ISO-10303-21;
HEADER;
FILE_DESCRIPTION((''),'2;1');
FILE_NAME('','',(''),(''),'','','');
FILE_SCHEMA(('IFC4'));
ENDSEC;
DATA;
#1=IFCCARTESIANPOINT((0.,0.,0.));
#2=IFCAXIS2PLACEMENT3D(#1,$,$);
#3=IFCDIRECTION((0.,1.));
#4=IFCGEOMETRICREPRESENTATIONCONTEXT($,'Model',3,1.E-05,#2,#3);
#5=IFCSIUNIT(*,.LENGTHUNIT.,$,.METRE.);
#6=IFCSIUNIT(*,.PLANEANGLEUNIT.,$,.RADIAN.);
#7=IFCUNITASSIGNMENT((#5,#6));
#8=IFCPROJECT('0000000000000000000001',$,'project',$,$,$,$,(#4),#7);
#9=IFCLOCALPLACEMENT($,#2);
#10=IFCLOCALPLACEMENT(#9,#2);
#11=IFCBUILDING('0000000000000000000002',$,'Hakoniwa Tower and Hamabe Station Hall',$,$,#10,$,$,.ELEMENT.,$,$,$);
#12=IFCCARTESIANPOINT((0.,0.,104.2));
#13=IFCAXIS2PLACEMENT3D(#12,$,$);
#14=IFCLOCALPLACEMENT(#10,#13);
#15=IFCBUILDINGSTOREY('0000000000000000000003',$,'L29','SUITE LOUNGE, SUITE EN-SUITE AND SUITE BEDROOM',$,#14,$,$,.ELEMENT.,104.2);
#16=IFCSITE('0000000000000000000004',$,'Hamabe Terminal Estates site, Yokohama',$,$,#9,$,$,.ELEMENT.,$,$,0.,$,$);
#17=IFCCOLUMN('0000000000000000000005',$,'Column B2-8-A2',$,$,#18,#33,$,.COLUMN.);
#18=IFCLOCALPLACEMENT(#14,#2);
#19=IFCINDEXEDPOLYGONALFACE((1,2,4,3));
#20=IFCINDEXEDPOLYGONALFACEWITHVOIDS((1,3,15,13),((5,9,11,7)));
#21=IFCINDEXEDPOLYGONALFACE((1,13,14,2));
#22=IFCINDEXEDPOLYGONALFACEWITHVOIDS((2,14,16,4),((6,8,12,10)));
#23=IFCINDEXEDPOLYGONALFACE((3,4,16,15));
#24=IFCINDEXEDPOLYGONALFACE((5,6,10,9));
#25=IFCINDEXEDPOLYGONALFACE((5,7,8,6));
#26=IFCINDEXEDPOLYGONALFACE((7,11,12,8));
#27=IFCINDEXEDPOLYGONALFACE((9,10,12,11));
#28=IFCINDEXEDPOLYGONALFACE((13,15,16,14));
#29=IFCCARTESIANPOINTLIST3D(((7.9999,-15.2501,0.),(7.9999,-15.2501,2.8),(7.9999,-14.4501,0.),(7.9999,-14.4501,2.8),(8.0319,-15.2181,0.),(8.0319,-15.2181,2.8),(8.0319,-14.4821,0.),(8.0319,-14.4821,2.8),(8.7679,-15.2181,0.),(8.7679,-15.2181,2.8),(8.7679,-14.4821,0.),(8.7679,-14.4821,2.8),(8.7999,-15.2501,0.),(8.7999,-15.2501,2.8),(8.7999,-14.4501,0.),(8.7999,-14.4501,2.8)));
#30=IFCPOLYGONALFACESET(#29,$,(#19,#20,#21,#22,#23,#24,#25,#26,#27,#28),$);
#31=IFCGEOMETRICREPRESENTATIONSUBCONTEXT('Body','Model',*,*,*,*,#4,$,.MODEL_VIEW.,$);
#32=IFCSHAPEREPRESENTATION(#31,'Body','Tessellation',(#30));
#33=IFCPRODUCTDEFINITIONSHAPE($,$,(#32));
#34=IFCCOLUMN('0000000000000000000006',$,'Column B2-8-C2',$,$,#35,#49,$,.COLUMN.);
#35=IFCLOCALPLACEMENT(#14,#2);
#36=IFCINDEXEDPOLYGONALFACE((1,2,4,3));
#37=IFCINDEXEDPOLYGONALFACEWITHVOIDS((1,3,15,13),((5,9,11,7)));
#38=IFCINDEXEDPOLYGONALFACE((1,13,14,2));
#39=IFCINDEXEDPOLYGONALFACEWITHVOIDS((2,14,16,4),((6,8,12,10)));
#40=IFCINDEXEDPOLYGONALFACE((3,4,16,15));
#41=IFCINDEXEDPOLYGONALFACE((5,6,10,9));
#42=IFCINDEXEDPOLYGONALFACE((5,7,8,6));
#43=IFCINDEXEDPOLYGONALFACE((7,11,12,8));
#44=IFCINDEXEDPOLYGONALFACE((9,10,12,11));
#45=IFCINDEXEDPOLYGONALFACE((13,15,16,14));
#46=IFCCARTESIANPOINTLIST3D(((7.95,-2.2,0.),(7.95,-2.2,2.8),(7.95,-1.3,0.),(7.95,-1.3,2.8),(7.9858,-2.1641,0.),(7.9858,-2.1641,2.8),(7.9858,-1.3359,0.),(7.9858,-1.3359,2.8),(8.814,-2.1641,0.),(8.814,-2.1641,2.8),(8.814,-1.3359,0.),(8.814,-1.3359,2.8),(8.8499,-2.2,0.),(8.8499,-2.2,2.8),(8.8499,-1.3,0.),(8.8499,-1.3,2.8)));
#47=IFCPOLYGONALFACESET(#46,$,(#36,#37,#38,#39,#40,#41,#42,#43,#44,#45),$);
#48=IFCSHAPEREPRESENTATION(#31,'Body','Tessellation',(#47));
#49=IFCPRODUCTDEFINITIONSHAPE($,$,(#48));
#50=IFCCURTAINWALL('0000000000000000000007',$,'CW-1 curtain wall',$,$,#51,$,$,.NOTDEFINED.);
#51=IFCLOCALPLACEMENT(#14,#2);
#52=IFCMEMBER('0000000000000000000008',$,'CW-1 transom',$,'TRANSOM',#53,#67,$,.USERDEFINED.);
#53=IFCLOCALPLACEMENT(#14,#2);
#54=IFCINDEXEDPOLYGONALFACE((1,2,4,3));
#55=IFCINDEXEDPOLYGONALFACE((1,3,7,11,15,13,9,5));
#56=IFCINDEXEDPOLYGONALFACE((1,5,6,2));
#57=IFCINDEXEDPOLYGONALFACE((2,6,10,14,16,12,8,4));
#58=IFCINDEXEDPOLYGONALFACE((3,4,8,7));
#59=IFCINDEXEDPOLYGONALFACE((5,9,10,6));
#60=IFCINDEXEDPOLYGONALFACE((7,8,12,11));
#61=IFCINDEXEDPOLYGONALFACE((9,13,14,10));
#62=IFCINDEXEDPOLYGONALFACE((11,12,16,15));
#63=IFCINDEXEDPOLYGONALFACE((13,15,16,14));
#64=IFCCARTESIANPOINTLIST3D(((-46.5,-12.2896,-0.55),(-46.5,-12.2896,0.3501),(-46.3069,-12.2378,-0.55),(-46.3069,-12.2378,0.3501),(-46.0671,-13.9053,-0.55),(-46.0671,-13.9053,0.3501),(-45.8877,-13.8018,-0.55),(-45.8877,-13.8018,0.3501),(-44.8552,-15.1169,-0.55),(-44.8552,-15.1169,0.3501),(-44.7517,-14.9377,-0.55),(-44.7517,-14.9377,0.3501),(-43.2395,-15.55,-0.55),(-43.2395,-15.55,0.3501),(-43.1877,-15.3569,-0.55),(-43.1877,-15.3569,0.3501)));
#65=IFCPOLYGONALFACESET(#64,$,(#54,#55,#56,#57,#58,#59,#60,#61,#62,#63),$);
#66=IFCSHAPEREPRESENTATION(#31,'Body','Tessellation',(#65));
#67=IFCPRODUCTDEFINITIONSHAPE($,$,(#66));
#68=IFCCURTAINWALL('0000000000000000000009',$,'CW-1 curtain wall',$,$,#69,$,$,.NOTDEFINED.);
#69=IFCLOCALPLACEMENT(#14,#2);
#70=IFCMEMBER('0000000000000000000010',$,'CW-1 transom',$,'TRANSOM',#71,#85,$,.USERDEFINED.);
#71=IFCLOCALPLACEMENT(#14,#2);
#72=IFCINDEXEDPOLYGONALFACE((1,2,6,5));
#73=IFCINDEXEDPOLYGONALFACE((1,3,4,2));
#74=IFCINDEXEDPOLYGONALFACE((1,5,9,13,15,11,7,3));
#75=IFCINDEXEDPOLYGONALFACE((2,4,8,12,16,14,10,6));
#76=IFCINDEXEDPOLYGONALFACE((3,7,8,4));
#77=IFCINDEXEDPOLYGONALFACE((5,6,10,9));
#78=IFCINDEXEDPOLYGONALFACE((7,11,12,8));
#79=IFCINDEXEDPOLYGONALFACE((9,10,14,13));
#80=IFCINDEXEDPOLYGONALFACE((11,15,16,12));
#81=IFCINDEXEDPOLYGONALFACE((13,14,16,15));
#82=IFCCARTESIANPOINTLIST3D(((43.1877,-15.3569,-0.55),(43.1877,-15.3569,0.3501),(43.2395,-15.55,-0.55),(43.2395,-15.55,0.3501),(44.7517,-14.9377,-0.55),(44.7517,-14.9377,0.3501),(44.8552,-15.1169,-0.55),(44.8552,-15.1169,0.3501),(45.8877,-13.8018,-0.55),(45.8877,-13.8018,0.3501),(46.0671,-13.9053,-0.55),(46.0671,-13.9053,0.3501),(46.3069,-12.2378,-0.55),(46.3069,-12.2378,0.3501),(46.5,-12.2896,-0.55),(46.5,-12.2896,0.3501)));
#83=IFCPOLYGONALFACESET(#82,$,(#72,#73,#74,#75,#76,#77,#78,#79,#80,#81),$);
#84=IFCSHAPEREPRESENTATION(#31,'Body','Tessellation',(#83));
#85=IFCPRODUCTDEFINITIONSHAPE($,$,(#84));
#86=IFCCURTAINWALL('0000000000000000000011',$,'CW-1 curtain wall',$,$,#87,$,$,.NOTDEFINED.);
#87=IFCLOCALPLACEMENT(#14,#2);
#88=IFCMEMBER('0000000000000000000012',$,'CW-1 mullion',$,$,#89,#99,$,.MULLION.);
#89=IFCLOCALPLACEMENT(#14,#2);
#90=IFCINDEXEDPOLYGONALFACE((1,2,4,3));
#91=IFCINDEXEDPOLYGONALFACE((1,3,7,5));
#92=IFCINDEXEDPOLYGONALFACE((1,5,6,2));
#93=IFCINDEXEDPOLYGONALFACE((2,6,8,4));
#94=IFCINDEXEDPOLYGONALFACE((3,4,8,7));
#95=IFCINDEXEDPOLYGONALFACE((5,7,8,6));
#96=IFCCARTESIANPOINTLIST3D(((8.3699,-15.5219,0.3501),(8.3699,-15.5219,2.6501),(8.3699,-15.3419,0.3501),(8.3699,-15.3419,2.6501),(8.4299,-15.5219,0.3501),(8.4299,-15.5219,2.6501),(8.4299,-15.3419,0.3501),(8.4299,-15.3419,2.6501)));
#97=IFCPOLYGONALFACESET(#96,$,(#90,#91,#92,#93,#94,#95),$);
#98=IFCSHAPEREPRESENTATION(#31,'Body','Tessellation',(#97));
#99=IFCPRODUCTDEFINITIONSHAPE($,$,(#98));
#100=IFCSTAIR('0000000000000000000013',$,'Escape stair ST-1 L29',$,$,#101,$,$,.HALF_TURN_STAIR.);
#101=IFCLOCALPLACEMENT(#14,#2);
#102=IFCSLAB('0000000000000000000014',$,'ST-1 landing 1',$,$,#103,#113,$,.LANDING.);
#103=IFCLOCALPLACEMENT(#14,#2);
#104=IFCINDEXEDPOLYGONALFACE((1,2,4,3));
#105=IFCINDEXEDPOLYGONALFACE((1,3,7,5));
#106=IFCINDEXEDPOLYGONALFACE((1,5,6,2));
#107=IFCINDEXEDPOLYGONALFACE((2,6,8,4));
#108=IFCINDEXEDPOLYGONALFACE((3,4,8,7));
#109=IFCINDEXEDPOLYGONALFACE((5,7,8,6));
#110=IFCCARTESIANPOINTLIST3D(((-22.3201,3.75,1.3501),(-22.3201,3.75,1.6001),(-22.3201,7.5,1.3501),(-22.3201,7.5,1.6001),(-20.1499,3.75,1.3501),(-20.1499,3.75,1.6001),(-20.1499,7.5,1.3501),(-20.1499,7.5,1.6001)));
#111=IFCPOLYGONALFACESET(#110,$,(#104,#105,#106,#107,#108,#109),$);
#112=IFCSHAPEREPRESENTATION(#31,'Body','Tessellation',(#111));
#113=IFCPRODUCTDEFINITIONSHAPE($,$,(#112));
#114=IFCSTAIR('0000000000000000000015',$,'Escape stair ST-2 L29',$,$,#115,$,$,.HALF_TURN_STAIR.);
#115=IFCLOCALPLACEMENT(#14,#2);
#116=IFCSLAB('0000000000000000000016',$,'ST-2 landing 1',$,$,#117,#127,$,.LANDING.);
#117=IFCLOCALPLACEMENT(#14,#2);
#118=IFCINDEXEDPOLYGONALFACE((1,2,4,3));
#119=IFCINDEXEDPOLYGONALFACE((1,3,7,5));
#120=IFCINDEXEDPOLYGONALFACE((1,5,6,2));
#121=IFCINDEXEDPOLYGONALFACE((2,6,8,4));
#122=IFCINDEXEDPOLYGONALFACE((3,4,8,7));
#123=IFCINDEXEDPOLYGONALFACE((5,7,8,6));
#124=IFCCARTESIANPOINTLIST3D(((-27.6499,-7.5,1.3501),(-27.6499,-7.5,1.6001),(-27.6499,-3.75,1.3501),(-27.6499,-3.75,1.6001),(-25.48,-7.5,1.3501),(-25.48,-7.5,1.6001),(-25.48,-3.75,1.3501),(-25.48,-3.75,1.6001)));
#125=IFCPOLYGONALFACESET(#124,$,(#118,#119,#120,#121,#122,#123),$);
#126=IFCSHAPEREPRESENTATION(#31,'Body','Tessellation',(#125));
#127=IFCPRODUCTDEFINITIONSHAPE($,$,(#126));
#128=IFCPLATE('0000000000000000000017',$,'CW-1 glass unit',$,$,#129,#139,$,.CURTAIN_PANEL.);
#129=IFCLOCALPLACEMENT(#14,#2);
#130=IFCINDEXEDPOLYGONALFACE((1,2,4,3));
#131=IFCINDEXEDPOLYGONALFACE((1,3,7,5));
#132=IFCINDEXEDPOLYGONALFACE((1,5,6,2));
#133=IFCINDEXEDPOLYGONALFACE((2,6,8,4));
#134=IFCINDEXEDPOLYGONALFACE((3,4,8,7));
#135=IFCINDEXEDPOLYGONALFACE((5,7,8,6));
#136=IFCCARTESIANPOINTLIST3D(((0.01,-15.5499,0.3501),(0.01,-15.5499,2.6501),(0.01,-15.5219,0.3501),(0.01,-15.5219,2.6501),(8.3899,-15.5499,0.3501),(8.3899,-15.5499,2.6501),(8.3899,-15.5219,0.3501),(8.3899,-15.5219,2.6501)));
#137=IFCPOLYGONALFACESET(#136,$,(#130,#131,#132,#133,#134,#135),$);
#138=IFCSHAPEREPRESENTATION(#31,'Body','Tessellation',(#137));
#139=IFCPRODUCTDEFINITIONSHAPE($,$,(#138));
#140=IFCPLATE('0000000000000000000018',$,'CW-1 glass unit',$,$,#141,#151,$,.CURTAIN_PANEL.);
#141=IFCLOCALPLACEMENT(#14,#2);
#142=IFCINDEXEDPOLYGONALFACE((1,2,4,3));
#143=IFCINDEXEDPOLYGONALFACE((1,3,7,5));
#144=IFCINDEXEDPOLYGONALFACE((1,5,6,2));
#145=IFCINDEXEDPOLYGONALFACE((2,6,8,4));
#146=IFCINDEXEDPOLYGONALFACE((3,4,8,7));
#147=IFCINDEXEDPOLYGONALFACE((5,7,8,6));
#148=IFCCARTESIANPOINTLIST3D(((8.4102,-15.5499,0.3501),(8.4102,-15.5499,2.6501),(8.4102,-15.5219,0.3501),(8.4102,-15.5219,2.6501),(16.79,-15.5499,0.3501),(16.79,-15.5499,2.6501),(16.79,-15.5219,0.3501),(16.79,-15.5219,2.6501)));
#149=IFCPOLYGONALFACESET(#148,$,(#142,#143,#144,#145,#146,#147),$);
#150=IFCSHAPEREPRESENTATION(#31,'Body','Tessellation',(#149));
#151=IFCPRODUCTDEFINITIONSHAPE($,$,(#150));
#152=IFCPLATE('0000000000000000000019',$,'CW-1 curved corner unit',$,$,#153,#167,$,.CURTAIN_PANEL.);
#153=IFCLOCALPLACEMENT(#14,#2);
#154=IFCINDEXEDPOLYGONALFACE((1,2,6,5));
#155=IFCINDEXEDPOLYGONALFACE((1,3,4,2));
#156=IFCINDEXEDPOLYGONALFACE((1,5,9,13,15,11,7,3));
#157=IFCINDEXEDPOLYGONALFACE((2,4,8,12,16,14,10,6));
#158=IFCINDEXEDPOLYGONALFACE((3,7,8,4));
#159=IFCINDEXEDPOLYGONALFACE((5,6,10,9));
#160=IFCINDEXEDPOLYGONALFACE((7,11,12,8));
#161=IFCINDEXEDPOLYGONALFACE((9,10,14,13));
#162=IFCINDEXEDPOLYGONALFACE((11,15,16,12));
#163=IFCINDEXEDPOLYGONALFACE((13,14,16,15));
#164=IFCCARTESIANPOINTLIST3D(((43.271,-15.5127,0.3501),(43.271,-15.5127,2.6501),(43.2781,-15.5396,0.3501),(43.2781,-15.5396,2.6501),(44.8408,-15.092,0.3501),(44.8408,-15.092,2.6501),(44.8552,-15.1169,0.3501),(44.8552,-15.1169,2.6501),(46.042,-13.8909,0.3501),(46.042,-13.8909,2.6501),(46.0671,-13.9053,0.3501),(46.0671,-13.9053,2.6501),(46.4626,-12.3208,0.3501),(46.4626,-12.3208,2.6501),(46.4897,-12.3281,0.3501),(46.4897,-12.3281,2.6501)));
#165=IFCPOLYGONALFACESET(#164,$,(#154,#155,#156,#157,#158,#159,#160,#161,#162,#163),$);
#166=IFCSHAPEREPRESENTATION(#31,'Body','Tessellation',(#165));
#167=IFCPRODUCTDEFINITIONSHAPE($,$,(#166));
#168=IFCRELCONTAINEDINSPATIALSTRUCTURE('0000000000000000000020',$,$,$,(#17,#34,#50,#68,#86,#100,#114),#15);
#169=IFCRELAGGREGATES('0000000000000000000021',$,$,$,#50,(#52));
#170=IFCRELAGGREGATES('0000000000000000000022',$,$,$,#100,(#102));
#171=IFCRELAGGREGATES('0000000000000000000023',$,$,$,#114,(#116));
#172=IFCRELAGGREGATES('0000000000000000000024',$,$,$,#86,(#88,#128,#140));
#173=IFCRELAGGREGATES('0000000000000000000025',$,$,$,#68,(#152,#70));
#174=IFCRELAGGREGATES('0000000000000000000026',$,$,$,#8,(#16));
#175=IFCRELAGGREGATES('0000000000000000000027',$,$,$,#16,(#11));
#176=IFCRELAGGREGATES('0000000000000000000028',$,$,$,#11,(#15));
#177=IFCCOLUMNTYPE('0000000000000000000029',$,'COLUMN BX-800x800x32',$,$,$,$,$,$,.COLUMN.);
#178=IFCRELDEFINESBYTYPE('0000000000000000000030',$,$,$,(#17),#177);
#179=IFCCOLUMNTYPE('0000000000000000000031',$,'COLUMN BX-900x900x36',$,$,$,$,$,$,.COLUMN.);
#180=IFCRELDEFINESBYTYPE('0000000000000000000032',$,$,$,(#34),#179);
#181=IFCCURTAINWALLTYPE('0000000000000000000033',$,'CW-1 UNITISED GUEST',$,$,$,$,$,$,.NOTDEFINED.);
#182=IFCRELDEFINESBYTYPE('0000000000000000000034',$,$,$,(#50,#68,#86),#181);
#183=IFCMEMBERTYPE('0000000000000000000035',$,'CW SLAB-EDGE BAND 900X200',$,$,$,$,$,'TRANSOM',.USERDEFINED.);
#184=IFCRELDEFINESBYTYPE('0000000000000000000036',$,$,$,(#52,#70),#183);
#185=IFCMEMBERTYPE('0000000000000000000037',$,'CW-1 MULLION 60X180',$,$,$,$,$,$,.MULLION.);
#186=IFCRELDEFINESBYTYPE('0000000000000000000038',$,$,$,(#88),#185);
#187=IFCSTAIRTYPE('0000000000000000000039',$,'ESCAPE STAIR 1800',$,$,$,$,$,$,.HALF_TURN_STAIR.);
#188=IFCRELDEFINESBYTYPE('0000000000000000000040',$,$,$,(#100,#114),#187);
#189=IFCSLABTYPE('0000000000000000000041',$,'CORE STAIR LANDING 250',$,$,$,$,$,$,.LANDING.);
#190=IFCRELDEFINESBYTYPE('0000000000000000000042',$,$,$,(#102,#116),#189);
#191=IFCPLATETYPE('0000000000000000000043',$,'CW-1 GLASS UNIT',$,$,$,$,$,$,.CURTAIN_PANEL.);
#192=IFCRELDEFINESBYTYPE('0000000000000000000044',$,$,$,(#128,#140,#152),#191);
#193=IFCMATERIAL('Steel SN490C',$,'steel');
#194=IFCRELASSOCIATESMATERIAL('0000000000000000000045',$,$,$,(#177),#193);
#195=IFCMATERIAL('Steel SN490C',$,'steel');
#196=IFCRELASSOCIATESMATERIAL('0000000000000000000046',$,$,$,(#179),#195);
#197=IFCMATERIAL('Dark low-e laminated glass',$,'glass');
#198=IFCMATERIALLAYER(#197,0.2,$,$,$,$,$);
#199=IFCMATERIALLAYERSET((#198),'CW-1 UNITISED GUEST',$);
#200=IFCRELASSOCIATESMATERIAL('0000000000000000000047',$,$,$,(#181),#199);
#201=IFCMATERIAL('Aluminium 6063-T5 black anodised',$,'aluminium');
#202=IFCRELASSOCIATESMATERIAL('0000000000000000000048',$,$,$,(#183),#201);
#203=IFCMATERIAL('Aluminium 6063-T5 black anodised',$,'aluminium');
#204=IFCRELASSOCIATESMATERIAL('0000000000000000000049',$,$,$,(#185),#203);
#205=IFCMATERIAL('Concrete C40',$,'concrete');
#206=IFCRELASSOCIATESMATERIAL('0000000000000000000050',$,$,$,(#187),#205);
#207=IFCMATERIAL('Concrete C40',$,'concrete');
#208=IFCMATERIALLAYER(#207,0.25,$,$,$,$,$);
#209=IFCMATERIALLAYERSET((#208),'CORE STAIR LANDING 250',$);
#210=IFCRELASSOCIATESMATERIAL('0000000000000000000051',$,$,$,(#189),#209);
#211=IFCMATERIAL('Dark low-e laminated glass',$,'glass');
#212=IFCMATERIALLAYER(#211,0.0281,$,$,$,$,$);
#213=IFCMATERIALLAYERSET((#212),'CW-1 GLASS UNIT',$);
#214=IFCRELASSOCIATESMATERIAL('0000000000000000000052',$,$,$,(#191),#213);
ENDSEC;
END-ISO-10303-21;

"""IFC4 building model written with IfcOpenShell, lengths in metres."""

from ifc_helpers import new_model, si_unit, direction, frame, origin, origin_2d, place, context, subcontext, project, spatial, polyline, rectangle, hollow_rectangle, outline, extrude, material, layer, layer_set, material_profile, profile_set, type_object, element, aggregate, save


model = new_model("IFC4")

# Units and contexts
model_context = context("Model", 3, precision=1e-05, world=origin(), true_north=direction((0.0, 1.0)))
body_context = subcontext(model_context, "Body", "Model", "MODEL_VIEW")
ifc_project = project(units=[si_unit("LENGTHUNIT", "METRE"), si_unit("PLANEANGLEUNIT", "RADIAN")], contexts=[model_context])

# Site, building, storey
site_placement = place(None, origin())
site = spatial("IfcSite", under=ifc_project, at=site_placement, Name="Hamabe Terminal Estates site, Yokohama", CompositionType="ELEMENT", RefElevation=0.0)
building_placement = place(site_placement, origin())
building = spatial("IfcBuilding", under=site, at=building_placement, Name="Hakoniwa Tower and Hamabe Station Hall", CompositionType="ELEMENT")
storey_placement = place(building_placement, frame((0.0, 0.0, 104.2)))
storey = spatial("IfcBuildingStorey", under=building, at=storey_placement, Name="L29", Description="SUITE LOUNGE, SUITE EN-SUITE AND SUITE BEDROOM", CompositionType="ELEMENT", Elevation=104.2)

# Columns
ifc_material_1 = material(Name="Steel SN490C", Category="steel")
ifc_material_profile_1 = material_profile(ifc_material_1, hollow_rectangle(XDim=0.8, YDim=0.8, WallThickness=0.032, at=origin_2d()), Name="BX-800x800x32")
ifc_profile_set_1 = profile_set([ifc_material_profile_1], Name="Steel SN490C")
column_type_1 = type_object("IfcColumnType", Name="COLUMN BX-800x800x32", PredefinedType="COLUMN", material=ifc_profile_set_1)
column_1_placement = place(storey_placement, frame((8.3999, -14.8501, 0.0), z_axis=(0.0, 0.0, 1.0), x_axis=(1.0, 0.0, 0.0)))
element("IfcColumn", 1, at=column_1_placement, inside=storey, type_object=column_type_1, Name="Column B2-8-A2", PredefinedType="COLUMN", context=body_context, shape_type="SweptSolid", body=[
    extrude(hollow_rectangle(XDim=0.8, YDim=0.8, WallThickness=0.032, at=origin_2d()), origin(), (0.0, 0.0, 1.0), 2.8),
])
ifc_material_2 = material(Name="Steel SN490C", Category="steel")
ifc_material_profile_2 = material_profile(ifc_material_2, hollow_rectangle(XDim=0.8999, YDim=0.8999, WallThickness=0.0359, at=origin_2d()), Name="BX-900x900x36")
ifc_profile_set_2 = profile_set([ifc_material_profile_2], Name="Steel SN490C")
column_type_2 = type_object("IfcColumnType", Name="COLUMN BX-900x900x36", PredefinedType="COLUMN", material=ifc_profile_set_2)
column_2_placement = place(storey_placement, frame((8.3999, -1.75, 0.0), z_axis=(0.0, 0.0, 1.0), x_axis=(1.0, 0.0, 0.0)))
element("IfcColumn", 2, at=column_2_placement, inside=storey, type_object=column_type_2, Name="Column B2-8-C2", PredefinedType="COLUMN", context=body_context, shape_type="SweptSolid", body=[
    extrude(hollow_rectangle(XDim=0.8999, YDim=0.8999, WallThickness=0.0359, at=origin_2d()), origin(), (0.0, 0.0, 1.0), 2.8),
])

# Curtain walls, members
ifc_material_3 = material(Name="Dark low-e laminated glass", Category="glass")
ifc_layer_1 = layer(ifc_material_3, 0.2)
ifc_layer_set_1 = layer_set([ifc_layer_1], Name="CW-1 UNITISED GUEST")
curtain_wall_type = type_object("IfcCurtainWallType", Name="CW-1 UNITISED GUEST", PredefinedType="NOTDEFINED", material=ifc_layer_set_1)
curtain_wall_1_placement = place(storey_placement, origin())
curtain_wall_1 = element("IfcCurtainWall", 3, at=curtain_wall_1_placement, inside=storey, type_object=curtain_wall_type, Name="CW-1 curtain wall", PredefinedType="NOTDEFINED")
ifc_material_4 = material(Name="Aluminium 6063-T5 black anodised", Category="aluminium")
ifc_material_profile_3 = material_profile(ifc_material_4, rectangle(XDim=0.2, YDim=0.8999, at=origin_2d()), Name="CW SLAB-EDGE BAND 900X200")
ifc_profile_set_3 = profile_set([ifc_material_profile_3], Name="Aluminium 6063-T5 black anodised")
member_type_1 = type_object("IfcMemberType", Name="CW SLAB-EDGE BAND 900X200", ElementType="TRANSOM", PredefinedType="USERDEFINED", material=ifc_profile_set_3)
member_1_placement = place(storey_placement, frame((0.0, 0.0, -0.55)))
member_1 = element("IfcMember", 4, at=member_1_placement, type_object=member_type_1, Name="CW-1 transom", ObjectType="TRANSOM", PredefinedType="USERDEFINED", context=body_context, shape_type="SweptSolid", body=[
    extrude(outline(polyline([(-46.5, -12.2896), (-46.0671, -13.9053), (-44.8552, -15.1169), (-43.2395, -15.55), (-43.1877, -15.3569), (-44.7517, -14.9377), (-45.8877, -13.8018), (-46.3069, -12.2378), (-46.5, -12.2896)])), origin(), (0.0, 0.0, 1.0), 0.9001),
])
aggregate(curtain_wall_1, [member_1])
curtain_wall_2_placement = place(storey_placement, origin())
curtain_wall_2 = element("IfcCurtainWall", 5, at=curtain_wall_2_placement, inside=storey, type_object=curtain_wall_type, Name="CW-1 curtain wall", PredefinedType="NOTDEFINED")
member_2_placement = place(storey_placement, frame((0.0, 0.0, -0.55)))
member_2 = element("IfcMember", 6, at=member_2_placement, type_object=member_type_1, Name="CW-1 transom", ObjectType="TRANSOM", PredefinedType="USERDEFINED", context=body_context, shape_type="SweptSolid", body=[
    extrude(outline(polyline([(43.2395, -15.55), (44.8552, -15.1169), (46.0671, -13.9053), (46.5, -12.2896), (46.3069, -12.2378), (45.8877, -13.8018), (44.7517, -14.9377), (43.1877, -15.3569), (43.2395, -15.55)])), origin(), (0.0, 0.0, 1.0), 0.9001),
])
curtain_wall_3_placement = place(storey_placement, origin())
curtain_wall_3 = element("IfcCurtainWall", 7, at=curtain_wall_3_placement, inside=storey, type_object=curtain_wall_type, Name="CW-1 curtain wall", PredefinedType="NOTDEFINED")
ifc_material_5 = material(Name="Aluminium 6063-T5 black anodised", Category="aluminium")
ifc_material_profile_4 = material_profile(ifc_material_5, rectangle(XDim=0.0601, YDim=0.1799, at=origin_2d()), Name="CW-1 MULLION 60X180")
ifc_profile_set_4 = profile_set([ifc_material_profile_4], Name="Aluminium 6063-T5 black anodised")
member_type_2 = type_object("IfcMemberType", Name="CW-1 MULLION 60X180", PredefinedType="MULLION", material=ifc_profile_set_4)
member_3_placement = place(storey_placement, frame((8.3999, -15.4319, 0.3501), z_axis=(0.0, 0.0, 1.0), x_axis=(1.0, 0.0, 0.0)))
member_3 = element("IfcMember", 8, at=member_3_placement, type_object=member_type_2, Name="CW-1 mullion", PredefinedType="MULLION", context=body_context, shape_type="SweptSolid", body=[
    extrude(rectangle(XDim=0.0601, YDim=0.1799, at=origin_2d()), origin(), (0.0, 0.0, 1.0), 2.3),
])

# Stairs, slabs
ifc_material_6 = material(Name="Concrete C40", Category="concrete")
stair_type = type_object("IfcStairType", Name="ESCAPE STAIR 1800", PredefinedType="HALF_TURN_STAIR", material=ifc_material_6)
stair_1_placement = place(storey_placement, origin())
stair_1 = element("IfcStair", 9, at=stair_1_placement, inside=storey, type_object=stair_type, Name="Escape stair ST-1 L29", PredefinedType="HALF_TURN_STAIR")
ifc_material_7 = material(Name="Concrete C40", Category="concrete")
ifc_layer_2 = layer(ifc_material_7, 0.25)
ifc_layer_set_2 = layer_set([ifc_layer_2], Name="CORE STAIR LANDING 250")
slab_type = type_object("IfcSlabType", Name="CORE STAIR LANDING 250", PredefinedType="LANDING", material=ifc_layer_set_2)
slab_1_placement = place(storey_placement, frame((0.0, 0.0, 1.3501)))
slab_1 = element("IfcSlab", 10, at=slab_1_placement, type_object=slab_type, Name="ST-1 landing 1", PredefinedType="LANDING", context=body_context, shape_type="SweptSolid", body=[
    extrude(outline(polyline([(-22.3201, 3.75), (-20.1499, 3.75), (-20.1499, 7.5), (-22.3201, 7.5), (-22.3201, 3.75)])), origin(), (0.0, 0.0, 1.0), 0.25),
])
aggregate(stair_1, [slab_1])
stair_2_placement = place(storey_placement, origin())
stair_2 = element("IfcStair", 11, at=stair_2_placement, inside=storey, type_object=stair_type, Name="Escape stair ST-2 L29", PredefinedType="HALF_TURN_STAIR")
slab_2_placement = place(storey_placement, frame((0.0, 0.0, 1.3501)))
slab_2 = element("IfcSlab", 12, at=slab_2_placement, type_object=slab_type, Name="ST-2 landing 1", PredefinedType="LANDING", context=body_context, shape_type="SweptSolid", body=[
    extrude(outline(polyline([(-25.48, -7.5), (-27.6499, -7.5), (-27.6499, -3.75), (-25.48, -3.75), (-25.48, -7.5)])), origin(), (0.0, 0.0, 1.0), 0.25),
])
aggregate(stair_2, [slab_2])

# Plates
ifc_material_8 = material(Name="Dark low-e laminated glass", Category="glass")
ifc_layer_3 = layer(ifc_material_8, 0.0281)
ifc_layer_set_3 = layer_set([ifc_layer_3], Name="CW-1 GLASS UNIT")
plate_type = type_object("IfcPlateType", Name="CW-1 GLASS UNIT", PredefinedType="CURTAIN_PANEL", material=ifc_layer_set_3)
plate_1_placement = place(storey_placement, frame((4.2, -15.5359, 0.3501), z_axis=(0.0, 0.0, 1.0), x_axis=(1.0, 0.0, 0.0)))
plate_1 = element("IfcPlate", 13, at=plate_1_placement, type_object=plate_type, Name="CW-1 glass unit", PredefinedType="CURTAIN_PANEL", context=body_context, shape_type="SweptSolid", body=[
    extrude(rectangle(XDim=8.3799, YDim=0.0281, at=origin_2d()), origin(), (0.0, 0.0, 1.0), 2.3),
])
plate_2_placement = place(storey_placement, frame((12.6001, -15.5359, 0.3501), z_axis=(0.0, 0.0, 1.0), x_axis=(1.0, 0.0, 0.0)))
plate_2 = element("IfcPlate", 14, at=plate_2_placement, type_object=plate_type, Name="CW-1 glass unit", PredefinedType="CURTAIN_PANEL", context=body_context, shape_type="SweptSolid", body=[
    extrude(rectangle(XDim=8.3799, YDim=0.0281, at=origin_2d()), origin(), (0.0, 0.0, 1.0), 2.3),
])
aggregate(curtain_wall_3, [member_3, plate_1, plate_2])
plate_3_placement = place(storey_placement, frame((0.0, 0.0, 0.3501)))
plate_3 = element("IfcPlate", 15, at=plate_3_placement, type_object=plate_type, Name="CW-1 curved corner unit", PredefinedType="CURTAIN_PANEL", context=body_context, shape_type="SweptSolid", body=[
    extrude(outline(polyline([(43.2781, -15.5396), (44.8552, -15.1169), (46.0671, -13.9053), (46.4897, -12.3281), (46.4626, -12.3208), (46.042, -13.8909), (44.8408, -15.092), (43.271, -15.5127), (43.2781, -15.5396)])), origin(), (0.0, 0.0, 1.0), 2.3),
])
aggregate(curtain_wall_2, [plate_3, member_2])

save(model, "model.ifc")
